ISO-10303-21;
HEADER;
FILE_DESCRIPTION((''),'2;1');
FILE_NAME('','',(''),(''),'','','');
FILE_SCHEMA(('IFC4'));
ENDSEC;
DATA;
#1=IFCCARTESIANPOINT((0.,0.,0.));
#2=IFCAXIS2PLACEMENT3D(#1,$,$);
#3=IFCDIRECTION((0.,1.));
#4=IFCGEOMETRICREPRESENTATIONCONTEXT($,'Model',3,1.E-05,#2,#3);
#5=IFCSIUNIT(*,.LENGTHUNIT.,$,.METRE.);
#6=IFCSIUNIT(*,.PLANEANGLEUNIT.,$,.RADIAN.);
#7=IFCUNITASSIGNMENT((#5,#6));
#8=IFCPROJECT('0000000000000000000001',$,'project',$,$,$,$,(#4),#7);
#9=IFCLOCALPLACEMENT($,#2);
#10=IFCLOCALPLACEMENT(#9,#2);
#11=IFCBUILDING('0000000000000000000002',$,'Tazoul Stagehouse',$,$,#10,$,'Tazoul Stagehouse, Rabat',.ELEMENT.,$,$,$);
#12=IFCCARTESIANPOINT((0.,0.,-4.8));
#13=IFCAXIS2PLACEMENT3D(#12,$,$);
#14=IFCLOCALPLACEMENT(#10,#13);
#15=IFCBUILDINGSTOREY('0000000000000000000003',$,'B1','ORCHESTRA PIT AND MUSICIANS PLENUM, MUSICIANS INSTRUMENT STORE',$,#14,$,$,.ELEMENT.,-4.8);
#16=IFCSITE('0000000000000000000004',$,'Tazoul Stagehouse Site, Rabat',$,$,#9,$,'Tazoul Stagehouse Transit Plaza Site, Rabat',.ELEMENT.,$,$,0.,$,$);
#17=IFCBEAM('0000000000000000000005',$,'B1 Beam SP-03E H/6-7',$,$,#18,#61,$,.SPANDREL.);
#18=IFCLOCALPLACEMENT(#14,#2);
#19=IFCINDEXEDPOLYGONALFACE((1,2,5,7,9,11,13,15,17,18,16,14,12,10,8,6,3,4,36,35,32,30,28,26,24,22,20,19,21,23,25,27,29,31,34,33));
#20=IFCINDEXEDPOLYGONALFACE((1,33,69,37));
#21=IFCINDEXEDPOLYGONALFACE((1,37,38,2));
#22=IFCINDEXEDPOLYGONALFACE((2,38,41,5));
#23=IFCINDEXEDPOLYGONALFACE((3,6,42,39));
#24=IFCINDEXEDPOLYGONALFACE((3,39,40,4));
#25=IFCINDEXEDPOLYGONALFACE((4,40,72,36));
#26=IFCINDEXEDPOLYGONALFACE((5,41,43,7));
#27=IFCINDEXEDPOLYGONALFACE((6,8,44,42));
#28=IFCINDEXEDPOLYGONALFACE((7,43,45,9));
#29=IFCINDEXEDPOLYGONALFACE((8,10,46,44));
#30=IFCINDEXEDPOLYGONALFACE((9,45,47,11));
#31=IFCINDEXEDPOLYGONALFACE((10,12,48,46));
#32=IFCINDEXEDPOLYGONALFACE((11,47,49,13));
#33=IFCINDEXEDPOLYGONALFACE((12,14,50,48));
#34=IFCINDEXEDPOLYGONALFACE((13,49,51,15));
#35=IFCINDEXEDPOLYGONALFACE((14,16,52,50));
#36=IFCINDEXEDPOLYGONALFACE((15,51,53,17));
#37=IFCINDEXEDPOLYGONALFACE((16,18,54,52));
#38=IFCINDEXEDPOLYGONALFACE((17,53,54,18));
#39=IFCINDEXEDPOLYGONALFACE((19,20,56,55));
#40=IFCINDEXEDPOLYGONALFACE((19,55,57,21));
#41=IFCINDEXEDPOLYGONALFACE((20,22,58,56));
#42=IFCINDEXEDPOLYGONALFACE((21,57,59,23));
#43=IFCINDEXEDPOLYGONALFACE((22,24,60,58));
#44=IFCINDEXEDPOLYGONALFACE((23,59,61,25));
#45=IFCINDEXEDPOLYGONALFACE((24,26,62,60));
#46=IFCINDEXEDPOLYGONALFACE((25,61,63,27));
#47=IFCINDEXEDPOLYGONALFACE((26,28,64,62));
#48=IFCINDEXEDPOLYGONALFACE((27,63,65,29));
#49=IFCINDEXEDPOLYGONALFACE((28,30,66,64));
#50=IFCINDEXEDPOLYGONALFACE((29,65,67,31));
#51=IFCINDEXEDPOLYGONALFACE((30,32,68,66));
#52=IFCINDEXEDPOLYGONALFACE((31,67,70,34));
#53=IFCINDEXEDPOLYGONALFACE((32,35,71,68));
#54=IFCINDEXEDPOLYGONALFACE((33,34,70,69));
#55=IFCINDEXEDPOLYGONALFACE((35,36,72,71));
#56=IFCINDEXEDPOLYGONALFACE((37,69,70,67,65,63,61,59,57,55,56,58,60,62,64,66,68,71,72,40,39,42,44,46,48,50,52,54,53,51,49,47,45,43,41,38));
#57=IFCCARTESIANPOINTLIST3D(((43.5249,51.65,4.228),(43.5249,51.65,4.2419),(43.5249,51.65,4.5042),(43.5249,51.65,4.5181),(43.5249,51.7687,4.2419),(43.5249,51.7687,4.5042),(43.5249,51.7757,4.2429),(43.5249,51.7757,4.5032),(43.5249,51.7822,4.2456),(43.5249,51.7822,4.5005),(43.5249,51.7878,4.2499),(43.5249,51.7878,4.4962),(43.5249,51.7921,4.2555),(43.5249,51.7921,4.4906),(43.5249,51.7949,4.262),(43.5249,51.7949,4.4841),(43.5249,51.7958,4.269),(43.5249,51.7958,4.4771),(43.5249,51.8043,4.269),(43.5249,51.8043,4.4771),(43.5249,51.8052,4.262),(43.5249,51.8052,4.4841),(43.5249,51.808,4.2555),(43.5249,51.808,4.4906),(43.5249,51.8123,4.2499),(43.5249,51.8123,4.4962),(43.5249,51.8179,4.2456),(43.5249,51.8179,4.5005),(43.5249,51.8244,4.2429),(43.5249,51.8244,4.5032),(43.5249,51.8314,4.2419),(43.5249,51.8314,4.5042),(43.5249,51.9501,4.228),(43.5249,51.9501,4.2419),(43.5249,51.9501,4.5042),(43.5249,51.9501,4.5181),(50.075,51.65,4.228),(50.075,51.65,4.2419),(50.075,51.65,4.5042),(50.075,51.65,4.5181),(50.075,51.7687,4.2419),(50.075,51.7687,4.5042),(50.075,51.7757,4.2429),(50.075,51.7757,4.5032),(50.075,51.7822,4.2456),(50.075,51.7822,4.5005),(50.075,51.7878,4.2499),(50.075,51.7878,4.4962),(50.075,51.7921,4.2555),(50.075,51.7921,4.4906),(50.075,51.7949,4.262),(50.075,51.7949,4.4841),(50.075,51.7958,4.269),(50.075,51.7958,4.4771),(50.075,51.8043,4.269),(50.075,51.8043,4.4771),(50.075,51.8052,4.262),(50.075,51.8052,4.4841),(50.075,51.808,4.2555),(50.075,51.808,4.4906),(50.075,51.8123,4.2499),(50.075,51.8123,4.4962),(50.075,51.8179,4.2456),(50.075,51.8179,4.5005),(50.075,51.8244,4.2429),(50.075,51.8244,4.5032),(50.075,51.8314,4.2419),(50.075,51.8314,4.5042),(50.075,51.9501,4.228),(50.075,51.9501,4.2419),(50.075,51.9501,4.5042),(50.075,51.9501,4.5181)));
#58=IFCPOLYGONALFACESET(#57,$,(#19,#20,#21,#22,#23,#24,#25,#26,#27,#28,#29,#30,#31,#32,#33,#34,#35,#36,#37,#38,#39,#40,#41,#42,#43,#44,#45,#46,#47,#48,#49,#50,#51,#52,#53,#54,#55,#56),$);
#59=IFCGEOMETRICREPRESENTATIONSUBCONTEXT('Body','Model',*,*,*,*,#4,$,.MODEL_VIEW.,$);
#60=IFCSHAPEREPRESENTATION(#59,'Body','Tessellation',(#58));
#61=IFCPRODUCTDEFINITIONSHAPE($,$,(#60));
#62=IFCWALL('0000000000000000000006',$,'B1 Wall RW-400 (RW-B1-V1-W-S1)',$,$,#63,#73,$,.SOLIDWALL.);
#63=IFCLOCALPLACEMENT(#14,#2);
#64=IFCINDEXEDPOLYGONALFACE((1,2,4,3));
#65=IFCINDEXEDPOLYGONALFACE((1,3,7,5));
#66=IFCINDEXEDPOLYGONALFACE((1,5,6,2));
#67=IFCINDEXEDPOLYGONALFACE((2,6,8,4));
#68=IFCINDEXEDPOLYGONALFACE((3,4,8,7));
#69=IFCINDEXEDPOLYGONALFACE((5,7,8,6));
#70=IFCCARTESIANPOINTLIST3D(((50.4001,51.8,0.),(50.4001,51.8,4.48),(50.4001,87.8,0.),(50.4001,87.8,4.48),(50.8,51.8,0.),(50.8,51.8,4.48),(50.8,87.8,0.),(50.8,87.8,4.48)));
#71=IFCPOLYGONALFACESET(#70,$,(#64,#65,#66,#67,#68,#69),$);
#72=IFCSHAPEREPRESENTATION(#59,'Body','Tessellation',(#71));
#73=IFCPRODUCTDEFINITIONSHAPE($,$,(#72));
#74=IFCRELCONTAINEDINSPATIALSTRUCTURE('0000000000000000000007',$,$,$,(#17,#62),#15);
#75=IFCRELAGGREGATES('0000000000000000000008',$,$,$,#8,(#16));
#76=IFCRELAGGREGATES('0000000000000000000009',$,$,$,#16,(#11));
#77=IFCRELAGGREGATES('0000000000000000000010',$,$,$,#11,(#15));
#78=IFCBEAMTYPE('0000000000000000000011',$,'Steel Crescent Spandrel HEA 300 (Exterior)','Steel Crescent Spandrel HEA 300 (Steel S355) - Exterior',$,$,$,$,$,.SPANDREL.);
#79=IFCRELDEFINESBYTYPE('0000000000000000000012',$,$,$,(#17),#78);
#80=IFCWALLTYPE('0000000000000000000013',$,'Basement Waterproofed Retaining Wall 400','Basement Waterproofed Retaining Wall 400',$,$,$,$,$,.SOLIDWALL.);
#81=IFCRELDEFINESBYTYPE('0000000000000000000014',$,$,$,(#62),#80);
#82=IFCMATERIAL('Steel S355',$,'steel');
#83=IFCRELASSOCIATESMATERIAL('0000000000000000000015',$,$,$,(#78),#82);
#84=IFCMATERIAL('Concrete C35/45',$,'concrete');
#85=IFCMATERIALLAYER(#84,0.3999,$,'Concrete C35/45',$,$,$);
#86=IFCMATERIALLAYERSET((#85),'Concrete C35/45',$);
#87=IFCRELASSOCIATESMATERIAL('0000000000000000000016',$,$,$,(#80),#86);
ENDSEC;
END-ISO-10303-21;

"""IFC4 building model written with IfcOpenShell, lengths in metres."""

from ifc_helpers import new_model, si_unit, direction, frame, frame_2d, origin, origin_2d, place, context, subcontext, project, spatial, rectangle, i_section, extrude, material, layer, layer_set, material_profile, profile_set, type_object, element, save


model = new_model("IFC4")

# Units and contexts
model_context = context("Model", 3, precision=1e-05, world=origin(), true_north=direction((0.0, 1.0)))
body_context = subcontext(model_context, "Body", "Model", "MODEL_VIEW")
ifc_project = project(units=[si_unit("LENGTHUNIT", "METRE"), si_unit("PLANEANGLEUNIT", "RADIAN")], contexts=[model_context])

# Site, building, storey
site_placement = place(None, origin())
site = spatial("IfcSite", under=ifc_project, at=site_placement, Name="Tazoul Stagehouse Site, Rabat", LongName="Tazoul Stagehouse Transit Plaza Site, Rabat", CompositionType="ELEMENT", RefElevation=0.0)
building_placement = place(site_placement, origin())
building = spatial("IfcBuilding", under=site, at=building_placement, Name="Tazoul Stagehouse", LongName="Tazoul Stagehouse, Rabat", CompositionType="ELEMENT")
storey_placement = place(building_placement, frame((0.0, 0.0, -4.8)))
storey = spatial("IfcBuildingStorey", under=building, at=storey_placement, Name="B1", Description="ORCHESTRA PIT AND MUSICIANS PLENUM, MUSICIANS INSTRUMENT STORE", CompositionType="ELEMENT", Elevation=-4.8)

# Shared definitions
ifc_material_1 = material(Name="Concrete C35/45", Category="concrete")

# Shared definitions
ifc_material_2 = material(Name="Steel S355", Category="steel")

# Beam
ifc_material_profile_1 = material_profile(ifc_material_2, i_section(OverallWidth=0.3, OverallDepth=0.29, WebThickness=0.0085, FlangeThickness=0.0139, FilletRadius=0.0271, at=origin_2d()), Name="HEA 300")
ifc_profile_set_1 = profile_set([ifc_material_profile_1], Name="Steel S355")
beam_type_1 = type_object("IfcBeamType", Name="Steel Crescent Spandrel HEA 300 (Exterior)", Description="Steel Crescent Spandrel HEA 300 (Steel S355) - Exterior", PredefinedType="SPANDREL", material=ifc_profile_set_1)
beam_1_placement = place(storey_placement, frame((43.5249, 51.8, 4.373), z_axis=(1.0, 0.0, 0.0), x_axis=(0.0, 1.0, 0.0)))
element("IfcBeam", 1, at=beam_1_placement, inside=storey, type_object=beam_type_1, Name="B1 Beam SP-03E H/6-7", PredefinedType="SPANDREL", context=body_context, shape_type="SweptSolid", body=[
    extrude(i_section(OverallWidth=0.3, OverallDepth=0.29, WebThickness=0.0085, FlangeThickness=0.0139, FilletRadius=0.0271, at=origin_2d()), origin(), (0.0, 0.0, 1.0), 6.55),
])

# Wall
ifc_layer = layer(ifc_material_1, 0.3999, Name="Concrete C35/45")
ifc_layer_set = layer_set([ifc_layer], Name="Concrete C35/45")
wall_type = type_object("IfcWallType", Name="Basement Waterproofed Retaining Wall 400", Description="Basement Waterproofed Retaining Wall 400", PredefinedType="SOLIDWALL", material=ifc_layer_set)
wall_placement = place(storey_placement, frame((50.6001, 51.8, 0.0), z_axis=(0.0, 0.0, 1.0), x_axis=(0.0, 1.0, 0.0)))
element("IfcWall", 2, at=wall_placement, inside=storey, type_object=wall_type, Name="B1 Wall RW-400 (RW-B1-V1-W-S1)", PredefinedType="SOLIDWALL", context=body_context, shape_type="SweptSolid", body=[
    extrude(rectangle(XDim=36.0, YDim=0.3999, at=frame_2d((18.0, 0.0))), origin(), (0.0, 0.0, 1.0), 4.48),
])

save(model, "model.ifc")
